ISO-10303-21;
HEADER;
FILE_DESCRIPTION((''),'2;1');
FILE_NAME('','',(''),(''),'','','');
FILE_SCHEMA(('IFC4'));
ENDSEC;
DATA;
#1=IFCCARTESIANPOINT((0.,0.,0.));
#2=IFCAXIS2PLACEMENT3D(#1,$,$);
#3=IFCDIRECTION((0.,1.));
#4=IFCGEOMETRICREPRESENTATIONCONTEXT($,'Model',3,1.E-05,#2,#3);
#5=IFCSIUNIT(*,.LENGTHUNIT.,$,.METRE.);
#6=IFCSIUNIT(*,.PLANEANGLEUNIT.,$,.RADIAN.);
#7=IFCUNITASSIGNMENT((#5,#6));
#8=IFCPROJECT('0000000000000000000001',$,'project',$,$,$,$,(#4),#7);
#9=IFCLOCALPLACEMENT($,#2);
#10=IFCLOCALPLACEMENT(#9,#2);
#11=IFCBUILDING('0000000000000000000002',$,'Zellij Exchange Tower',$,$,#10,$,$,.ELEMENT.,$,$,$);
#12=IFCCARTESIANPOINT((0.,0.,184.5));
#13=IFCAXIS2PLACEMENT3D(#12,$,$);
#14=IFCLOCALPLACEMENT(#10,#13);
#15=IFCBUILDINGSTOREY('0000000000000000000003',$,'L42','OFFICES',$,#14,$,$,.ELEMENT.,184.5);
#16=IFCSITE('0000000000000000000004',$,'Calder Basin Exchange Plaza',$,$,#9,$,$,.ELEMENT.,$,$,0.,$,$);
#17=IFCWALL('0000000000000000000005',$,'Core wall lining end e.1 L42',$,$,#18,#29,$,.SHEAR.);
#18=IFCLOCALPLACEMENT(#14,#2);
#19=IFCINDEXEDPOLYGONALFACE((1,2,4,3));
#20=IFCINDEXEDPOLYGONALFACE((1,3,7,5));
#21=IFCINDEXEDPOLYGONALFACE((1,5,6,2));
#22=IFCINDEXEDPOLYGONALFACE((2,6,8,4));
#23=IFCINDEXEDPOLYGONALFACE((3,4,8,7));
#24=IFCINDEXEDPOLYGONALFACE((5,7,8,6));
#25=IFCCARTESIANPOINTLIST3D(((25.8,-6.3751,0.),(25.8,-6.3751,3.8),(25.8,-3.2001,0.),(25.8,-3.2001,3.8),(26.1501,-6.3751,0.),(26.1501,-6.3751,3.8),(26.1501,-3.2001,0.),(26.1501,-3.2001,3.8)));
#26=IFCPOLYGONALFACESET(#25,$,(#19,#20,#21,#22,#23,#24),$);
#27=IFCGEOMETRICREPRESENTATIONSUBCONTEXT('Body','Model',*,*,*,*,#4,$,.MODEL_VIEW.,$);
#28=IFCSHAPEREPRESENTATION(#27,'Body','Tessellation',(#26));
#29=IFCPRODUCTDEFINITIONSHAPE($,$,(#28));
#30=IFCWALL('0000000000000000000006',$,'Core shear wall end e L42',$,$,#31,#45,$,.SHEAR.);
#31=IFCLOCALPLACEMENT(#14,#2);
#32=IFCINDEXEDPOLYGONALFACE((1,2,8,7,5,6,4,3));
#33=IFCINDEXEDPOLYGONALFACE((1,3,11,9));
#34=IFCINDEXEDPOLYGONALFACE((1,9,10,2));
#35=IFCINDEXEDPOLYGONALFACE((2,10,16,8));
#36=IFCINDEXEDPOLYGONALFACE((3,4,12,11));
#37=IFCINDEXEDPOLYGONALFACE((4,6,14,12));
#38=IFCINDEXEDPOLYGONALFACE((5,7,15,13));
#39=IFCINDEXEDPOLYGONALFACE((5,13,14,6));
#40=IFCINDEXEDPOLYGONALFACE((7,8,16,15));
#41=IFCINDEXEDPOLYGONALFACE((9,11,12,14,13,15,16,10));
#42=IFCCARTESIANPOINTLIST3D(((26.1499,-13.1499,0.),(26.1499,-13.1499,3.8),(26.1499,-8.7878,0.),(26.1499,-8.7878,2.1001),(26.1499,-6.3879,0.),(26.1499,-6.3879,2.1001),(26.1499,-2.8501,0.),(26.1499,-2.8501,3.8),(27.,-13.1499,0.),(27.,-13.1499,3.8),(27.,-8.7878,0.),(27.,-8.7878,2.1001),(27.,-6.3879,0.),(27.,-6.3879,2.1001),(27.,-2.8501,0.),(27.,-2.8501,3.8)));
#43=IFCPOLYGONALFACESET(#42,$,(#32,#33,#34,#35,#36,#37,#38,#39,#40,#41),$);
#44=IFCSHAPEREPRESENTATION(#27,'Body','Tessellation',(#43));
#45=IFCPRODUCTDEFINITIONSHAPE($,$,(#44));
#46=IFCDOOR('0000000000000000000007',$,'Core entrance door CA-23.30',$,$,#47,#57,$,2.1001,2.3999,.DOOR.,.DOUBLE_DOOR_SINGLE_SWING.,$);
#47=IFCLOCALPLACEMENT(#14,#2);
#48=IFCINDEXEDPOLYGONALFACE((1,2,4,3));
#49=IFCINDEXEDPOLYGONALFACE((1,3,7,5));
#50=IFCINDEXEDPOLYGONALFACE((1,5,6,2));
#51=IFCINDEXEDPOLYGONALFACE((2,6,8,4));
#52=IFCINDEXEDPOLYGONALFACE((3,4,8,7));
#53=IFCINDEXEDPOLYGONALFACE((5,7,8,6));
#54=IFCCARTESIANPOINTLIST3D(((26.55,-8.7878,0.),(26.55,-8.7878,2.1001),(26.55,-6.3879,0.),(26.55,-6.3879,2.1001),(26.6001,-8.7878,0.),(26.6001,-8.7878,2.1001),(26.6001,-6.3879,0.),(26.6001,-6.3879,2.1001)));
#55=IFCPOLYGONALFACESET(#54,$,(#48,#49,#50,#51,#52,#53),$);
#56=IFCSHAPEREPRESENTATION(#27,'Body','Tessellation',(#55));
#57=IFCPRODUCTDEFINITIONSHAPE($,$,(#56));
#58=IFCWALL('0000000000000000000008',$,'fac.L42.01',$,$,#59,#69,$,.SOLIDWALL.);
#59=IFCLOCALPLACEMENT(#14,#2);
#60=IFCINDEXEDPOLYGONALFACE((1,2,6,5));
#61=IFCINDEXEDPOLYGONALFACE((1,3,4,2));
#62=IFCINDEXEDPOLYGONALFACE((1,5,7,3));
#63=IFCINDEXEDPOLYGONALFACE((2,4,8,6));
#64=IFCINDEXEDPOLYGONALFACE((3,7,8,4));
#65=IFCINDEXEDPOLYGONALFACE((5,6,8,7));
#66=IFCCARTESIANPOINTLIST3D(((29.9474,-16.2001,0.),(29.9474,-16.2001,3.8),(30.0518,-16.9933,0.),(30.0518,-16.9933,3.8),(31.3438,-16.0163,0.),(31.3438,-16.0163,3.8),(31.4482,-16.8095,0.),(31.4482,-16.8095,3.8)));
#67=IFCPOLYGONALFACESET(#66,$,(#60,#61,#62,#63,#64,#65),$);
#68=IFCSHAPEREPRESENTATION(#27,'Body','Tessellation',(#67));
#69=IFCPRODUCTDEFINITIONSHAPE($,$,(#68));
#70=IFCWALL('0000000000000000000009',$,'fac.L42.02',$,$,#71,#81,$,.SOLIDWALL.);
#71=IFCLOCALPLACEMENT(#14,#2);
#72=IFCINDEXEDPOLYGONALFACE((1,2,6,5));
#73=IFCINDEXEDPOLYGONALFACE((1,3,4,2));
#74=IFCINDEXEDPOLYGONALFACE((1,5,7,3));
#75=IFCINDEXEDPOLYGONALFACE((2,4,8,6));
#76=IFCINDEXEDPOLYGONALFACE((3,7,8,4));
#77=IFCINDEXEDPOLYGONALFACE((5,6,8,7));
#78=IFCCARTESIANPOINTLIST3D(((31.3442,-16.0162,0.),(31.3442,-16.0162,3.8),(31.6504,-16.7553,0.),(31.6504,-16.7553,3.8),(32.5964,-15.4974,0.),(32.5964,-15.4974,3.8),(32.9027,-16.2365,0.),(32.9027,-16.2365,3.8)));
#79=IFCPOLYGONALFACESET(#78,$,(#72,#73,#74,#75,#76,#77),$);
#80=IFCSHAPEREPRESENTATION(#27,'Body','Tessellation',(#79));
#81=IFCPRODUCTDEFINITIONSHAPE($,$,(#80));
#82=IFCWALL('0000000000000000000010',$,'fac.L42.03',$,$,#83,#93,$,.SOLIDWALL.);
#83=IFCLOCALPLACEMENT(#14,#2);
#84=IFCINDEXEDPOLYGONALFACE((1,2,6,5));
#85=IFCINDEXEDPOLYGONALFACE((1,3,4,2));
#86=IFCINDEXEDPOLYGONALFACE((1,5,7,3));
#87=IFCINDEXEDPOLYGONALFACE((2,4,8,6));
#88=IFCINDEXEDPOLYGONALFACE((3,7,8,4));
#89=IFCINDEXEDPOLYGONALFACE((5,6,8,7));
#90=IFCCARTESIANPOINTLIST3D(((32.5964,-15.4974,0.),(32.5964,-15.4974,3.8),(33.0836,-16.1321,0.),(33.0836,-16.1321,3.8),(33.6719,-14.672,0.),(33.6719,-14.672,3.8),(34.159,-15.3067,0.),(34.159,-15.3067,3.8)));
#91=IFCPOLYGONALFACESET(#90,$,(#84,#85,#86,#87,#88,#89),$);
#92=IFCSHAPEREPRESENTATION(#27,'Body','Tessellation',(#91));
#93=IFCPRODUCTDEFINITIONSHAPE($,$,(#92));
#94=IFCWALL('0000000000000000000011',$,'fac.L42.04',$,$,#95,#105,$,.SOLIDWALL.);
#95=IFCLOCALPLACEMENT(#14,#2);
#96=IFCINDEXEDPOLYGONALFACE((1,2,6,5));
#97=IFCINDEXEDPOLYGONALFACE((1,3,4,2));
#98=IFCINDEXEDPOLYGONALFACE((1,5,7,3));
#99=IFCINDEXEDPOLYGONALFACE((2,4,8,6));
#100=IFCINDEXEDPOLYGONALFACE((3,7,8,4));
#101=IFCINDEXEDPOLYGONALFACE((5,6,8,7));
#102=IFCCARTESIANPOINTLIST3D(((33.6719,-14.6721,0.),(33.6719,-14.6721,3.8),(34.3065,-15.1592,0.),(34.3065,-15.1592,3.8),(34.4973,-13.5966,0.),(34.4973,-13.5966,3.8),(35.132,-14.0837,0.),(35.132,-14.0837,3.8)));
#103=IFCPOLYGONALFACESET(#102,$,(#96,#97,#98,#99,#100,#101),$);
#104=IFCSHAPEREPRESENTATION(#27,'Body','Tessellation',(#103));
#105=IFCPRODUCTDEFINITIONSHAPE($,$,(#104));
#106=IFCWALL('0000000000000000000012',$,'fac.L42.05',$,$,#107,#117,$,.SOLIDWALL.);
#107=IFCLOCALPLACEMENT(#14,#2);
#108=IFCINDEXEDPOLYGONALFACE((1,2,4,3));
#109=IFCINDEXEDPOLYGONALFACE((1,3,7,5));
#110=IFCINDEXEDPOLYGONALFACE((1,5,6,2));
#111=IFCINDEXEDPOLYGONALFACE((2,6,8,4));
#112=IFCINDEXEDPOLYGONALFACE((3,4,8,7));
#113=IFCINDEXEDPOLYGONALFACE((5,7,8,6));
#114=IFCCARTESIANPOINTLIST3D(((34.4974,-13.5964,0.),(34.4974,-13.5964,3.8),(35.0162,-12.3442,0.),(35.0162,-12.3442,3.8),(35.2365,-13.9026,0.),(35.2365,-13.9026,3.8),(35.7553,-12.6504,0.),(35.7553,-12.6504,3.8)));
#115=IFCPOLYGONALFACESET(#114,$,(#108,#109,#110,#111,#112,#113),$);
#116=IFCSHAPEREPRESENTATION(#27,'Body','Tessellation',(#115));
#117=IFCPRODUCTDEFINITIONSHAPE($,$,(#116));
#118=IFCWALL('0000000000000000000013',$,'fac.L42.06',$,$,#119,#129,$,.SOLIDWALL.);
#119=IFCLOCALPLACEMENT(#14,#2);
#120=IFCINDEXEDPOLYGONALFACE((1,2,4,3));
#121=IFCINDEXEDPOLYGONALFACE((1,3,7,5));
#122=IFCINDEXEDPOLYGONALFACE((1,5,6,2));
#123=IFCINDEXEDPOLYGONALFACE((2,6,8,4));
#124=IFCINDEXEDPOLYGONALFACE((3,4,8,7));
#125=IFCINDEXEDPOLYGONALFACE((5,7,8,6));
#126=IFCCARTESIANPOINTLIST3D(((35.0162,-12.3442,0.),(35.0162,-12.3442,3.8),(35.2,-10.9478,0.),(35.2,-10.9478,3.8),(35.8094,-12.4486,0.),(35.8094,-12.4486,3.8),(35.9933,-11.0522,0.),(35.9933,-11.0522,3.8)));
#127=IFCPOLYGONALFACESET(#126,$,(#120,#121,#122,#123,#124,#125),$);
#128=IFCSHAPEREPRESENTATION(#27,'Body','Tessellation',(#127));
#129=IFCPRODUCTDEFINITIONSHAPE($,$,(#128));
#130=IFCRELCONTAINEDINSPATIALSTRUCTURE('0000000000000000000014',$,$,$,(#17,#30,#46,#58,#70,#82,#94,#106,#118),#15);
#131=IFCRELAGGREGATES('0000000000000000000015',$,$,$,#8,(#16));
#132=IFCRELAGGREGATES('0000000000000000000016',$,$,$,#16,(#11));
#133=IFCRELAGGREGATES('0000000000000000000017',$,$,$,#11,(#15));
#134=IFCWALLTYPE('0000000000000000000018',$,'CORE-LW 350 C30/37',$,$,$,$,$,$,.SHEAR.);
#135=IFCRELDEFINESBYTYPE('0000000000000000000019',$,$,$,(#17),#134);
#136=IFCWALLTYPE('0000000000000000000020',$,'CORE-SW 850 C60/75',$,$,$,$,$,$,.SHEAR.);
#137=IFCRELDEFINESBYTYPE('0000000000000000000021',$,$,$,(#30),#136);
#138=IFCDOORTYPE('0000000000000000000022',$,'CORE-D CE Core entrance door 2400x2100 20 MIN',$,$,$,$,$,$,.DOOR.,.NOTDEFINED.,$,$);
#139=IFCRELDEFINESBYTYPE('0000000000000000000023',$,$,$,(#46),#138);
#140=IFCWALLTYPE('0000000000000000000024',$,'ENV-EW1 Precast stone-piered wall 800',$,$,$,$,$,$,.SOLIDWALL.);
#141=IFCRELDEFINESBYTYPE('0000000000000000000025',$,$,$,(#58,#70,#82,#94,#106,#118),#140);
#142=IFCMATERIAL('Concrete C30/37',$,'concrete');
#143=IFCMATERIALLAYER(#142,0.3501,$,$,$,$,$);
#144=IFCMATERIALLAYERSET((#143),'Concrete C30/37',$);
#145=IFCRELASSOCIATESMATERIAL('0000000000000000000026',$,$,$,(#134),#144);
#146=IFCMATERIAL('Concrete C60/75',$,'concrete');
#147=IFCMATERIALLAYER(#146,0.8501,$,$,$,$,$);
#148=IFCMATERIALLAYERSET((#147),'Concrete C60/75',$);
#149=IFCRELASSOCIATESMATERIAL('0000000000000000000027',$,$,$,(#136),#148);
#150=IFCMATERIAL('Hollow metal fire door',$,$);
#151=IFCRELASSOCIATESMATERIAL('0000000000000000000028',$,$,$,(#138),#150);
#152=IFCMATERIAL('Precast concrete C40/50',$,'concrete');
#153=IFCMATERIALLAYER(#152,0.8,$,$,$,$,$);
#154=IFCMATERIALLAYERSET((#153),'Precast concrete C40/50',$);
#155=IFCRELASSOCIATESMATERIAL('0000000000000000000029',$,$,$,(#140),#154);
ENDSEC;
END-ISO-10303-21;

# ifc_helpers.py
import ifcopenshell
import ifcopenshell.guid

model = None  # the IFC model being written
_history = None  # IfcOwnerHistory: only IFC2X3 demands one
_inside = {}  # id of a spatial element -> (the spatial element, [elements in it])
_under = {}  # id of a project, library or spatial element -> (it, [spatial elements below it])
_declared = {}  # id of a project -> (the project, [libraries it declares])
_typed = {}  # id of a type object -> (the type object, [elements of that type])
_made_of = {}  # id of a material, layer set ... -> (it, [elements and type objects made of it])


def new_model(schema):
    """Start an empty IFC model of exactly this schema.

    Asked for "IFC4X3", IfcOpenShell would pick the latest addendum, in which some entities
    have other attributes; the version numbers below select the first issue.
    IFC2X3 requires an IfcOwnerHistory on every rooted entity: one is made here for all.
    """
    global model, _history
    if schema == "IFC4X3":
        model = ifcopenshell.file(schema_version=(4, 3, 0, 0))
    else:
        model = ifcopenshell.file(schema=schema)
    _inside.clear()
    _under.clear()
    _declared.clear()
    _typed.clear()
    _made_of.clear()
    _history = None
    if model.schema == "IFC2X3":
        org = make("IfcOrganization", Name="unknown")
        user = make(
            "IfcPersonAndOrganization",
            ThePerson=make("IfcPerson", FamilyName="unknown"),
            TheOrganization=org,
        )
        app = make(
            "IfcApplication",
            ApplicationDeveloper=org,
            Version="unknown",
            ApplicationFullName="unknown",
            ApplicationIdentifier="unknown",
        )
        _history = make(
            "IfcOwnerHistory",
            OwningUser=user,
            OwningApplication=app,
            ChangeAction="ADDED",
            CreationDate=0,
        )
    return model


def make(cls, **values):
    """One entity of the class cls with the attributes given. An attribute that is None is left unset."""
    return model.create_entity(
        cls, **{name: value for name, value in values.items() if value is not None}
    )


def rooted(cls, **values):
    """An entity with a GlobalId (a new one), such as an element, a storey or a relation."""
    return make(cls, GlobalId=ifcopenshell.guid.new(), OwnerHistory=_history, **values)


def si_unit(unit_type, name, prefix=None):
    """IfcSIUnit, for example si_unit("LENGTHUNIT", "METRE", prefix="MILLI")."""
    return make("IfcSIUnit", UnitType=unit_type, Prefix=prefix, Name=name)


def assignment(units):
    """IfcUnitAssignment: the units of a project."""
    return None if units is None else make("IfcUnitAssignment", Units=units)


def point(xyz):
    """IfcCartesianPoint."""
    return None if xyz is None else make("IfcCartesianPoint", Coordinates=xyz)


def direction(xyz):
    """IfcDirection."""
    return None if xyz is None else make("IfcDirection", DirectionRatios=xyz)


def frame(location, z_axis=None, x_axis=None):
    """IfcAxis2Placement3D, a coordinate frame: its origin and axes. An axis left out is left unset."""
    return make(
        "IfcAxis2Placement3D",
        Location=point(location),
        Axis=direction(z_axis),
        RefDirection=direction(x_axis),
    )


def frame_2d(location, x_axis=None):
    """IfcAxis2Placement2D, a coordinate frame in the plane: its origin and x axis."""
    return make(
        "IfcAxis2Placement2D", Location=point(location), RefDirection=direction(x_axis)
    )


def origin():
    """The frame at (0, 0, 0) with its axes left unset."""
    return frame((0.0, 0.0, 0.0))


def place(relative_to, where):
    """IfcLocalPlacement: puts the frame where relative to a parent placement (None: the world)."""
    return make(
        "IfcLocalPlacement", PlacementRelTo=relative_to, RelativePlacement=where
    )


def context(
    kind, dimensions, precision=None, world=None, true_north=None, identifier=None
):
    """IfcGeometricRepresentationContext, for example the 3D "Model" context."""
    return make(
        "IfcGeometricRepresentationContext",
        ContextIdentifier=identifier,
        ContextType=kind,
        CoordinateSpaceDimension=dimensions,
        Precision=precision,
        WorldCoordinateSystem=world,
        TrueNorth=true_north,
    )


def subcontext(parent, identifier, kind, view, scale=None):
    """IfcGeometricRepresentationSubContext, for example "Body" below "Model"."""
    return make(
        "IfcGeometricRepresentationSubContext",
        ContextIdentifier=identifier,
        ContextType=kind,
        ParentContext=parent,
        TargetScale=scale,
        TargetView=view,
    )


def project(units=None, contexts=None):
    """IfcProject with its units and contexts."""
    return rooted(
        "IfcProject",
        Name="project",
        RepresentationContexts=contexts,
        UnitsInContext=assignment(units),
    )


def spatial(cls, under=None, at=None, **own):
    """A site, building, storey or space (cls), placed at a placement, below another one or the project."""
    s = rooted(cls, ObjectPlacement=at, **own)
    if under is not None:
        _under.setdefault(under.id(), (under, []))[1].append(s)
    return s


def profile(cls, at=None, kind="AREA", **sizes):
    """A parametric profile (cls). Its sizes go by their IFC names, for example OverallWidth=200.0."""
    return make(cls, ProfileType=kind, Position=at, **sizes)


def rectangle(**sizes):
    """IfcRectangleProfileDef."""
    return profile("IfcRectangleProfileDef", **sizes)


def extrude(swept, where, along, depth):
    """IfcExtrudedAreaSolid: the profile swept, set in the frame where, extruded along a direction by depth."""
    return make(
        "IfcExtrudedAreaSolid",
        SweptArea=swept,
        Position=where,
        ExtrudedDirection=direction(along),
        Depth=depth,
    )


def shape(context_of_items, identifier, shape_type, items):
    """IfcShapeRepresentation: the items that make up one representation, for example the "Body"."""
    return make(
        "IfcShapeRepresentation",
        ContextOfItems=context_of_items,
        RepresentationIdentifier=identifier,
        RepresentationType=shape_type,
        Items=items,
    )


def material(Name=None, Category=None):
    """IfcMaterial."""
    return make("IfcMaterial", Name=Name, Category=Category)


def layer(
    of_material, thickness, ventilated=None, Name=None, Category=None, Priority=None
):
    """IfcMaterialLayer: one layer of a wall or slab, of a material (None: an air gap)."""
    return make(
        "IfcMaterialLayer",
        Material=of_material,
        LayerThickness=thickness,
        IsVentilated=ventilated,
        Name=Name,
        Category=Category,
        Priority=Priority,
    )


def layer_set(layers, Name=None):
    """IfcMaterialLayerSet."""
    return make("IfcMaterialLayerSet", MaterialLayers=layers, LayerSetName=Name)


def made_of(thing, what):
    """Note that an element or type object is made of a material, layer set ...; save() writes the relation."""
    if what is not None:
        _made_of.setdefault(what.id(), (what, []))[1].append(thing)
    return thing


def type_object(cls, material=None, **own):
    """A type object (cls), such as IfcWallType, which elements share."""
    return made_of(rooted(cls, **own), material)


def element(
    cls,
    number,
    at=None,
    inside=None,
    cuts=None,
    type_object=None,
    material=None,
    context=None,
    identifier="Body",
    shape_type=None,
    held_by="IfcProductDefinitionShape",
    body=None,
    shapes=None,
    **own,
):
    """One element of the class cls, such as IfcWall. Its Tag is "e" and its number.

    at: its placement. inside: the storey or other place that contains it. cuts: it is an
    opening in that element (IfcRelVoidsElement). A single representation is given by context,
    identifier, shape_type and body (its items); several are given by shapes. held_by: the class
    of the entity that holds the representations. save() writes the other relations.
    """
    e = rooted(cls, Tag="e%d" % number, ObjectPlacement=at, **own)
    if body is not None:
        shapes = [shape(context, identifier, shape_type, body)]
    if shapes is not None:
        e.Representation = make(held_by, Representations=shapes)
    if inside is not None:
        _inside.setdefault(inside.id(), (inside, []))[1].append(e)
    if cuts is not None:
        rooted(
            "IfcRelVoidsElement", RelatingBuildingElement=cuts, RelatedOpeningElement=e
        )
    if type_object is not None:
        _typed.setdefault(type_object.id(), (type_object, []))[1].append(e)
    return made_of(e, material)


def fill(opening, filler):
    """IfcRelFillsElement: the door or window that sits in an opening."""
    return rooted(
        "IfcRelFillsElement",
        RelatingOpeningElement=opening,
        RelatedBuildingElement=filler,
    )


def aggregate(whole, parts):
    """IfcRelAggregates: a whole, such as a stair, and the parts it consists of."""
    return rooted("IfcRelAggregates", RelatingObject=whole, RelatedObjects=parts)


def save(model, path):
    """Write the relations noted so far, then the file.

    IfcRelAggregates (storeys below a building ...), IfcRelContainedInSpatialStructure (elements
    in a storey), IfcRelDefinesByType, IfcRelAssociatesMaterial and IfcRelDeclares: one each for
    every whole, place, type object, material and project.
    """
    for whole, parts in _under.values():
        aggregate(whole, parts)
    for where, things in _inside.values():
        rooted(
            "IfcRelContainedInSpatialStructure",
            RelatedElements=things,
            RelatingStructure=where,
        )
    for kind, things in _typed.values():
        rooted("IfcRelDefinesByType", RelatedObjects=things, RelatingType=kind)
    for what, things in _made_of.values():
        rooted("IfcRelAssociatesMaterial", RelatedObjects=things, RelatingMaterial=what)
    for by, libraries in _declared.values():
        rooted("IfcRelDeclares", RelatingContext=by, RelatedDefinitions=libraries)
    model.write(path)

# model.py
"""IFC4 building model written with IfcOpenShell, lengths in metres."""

from ifc_helpers import new_model, si_unit, direction, frame, frame_2d, origin, place, context, subcontext, project, spatial, rectangle, extrude, material, layer, layer_set, type_object, element, fill, save


model = new_model("IFC4")

# Units and contexts
model_context = context("Model", 3, precision=1e-05, world=origin(), true_north=direction((0.0, 1.0)))
body_context = subcontext(model_context, "Body", "Model", "MODEL_VIEW")
ifc_project = project(units=[si_unit("LENGTHUNIT", "METRE"), si_unit("PLANEANGLEUNIT", "RADIAN")], contexts=[model_context])

# Site, building, storey
site_placement = place(None, origin())
site = spatial("IfcSite", under=ifc_project, at=site_placement, Name="Calder Basin Exchange Plaza", CompositionType="ELEMENT", RefElevation=0.0)
building_placement = place(site_placement, origin())
building = spatial("IfcBuilding", under=site, at=building_placement, Name="Zellij Exchange Tower", CompositionType="ELEMENT")
storey_placement = place(building_placement, frame((0.0, 0.0, 184.5)))
storey = spatial("IfcBuildingStorey", under=building, at=storey_placement, Name="L42", Description="OFFICES", CompositionType="ELEMENT", Elevation=184.5)

# Shared definitions
ifc_material_1 = material(Name="Concrete C60/75", Category="concrete")

# Wall
ifc_material_2 = material(Name="Concrete C30/37", Category="concrete")
ifc_layer_1 = layer(ifc_material_2, 0.3501)
ifc_layer_set_1 = layer_set([ifc_layer_1], Name="Concrete C30/37")
wall_type_1 = type_object("IfcWallType", Name="CORE-LW 350 C30/37", PredefinedType="SHEAR", material=ifc_layer_set_1)
wall_1_placement = place(storey_placement, frame((25.9751, -6.375, 0.0), z_axis=(0.0, 0.0, 1.0), x_axis=(0.0, 1.0, 0.0)))
element("IfcWall", 1, at=wall_1_placement, inside=storey, type_object=wall_type_1, Name="Core wall lining end e.1 L42", PredefinedType="SHEAR", context=body_context, shape_type="SweptSolid", body=[
    extrude(rectangle(XDim=3.175, YDim=0.3501, at=frame_2d((1.5874, 0.0))), origin(), (0.0, 0.0, 1.0), 3.8),
])

# Wall, opening, door
ifc_layer_2 = layer(ifc_material_1, 0.8501)
ifc_layer_set_2 = layer_set([ifc_layer_2], Name="Concrete C60/75")
wall_type_2 = type_object("IfcWallType", Name="CORE-SW 850 C60/75", PredefinedType="SHEAR", material=ifc_layer_set_2)
wall_2_placement = place(storey_placement, frame((26.575, -13.1499, 0.0), z_axis=(0.0, 0.0, 1.0), x_axis=(0.0, 1.0, 0.0)))
wall_2 = element("IfcWall", 2, at=wall_2_placement, inside=storey, type_object=wall_type_2, Name="Core shear wall end e L42", PredefinedType="SHEAR", context=body_context, shape_type="SweptSolid", body=[
    extrude(rectangle(XDim=10.2998, YDim=0.8501, at=frame_2d((5.1499, 0.0))), origin(), (0.0, 0.0, 1.0), 3.8),
])
opening_1_placement = place(wall_2_placement, frame((4.3621, 0.0, 0.0)))
opening_1 = element("IfcOpeningElement", 3, at=opening_1_placement, cuts=wall_2, PredefinedType="OPENING", context=body_context, shape_type="SweptSolid", body=[
    extrude(rectangle(XDim=2.3999, YDim=2.1001, at=frame_2d((1.2, 1.05))), frame((0.0, 0.437, 0.0), z_axis=(0.0, -1.0, 0.0), x_axis=(1.0, 0.0, 0.0)), (0.0, 0.0, 1.0), 0.874),
])
ifc_material_3 = material(Name="Hollow metal fire door")
door_type_1 = type_object("IfcDoorType", Name="CORE-D CE Core entrance door 2400x2100 20 MIN", OperationType="NOTDEFINED", PredefinedType="DOOR", material=ifc_material_3)
door_1_placement = place(opening_1_placement, origin())
door_1 = element("IfcDoor", 4, at=door_1_placement, inside=storey, type_object=door_type_1, Name="Core entrance door CA-23.30", OperationType="DOUBLE_DOOR_SINGLE_SWING", OverallHeight=2.1001, OverallWidth=2.3999, PredefinedType="DOOR", context=body_context, shape_type="SweptSolid", body=[
    extrude(rectangle(XDim=2.3999, YDim=2.1001, at=frame_2d((1.2, 1.05))), frame((0.0, 0.0249, 0.0), z_axis=(0.0, -1.0, 0.0), x_axis=(1.0, 0.0, 0.0)), (0.0, 0.0, 1.0), 0.05),
])
fill(opening_1, door_1)

# Walls
ifc_material_4 = material(Name="Precast concrete C40/50", Category="concrete")
ifc_layer_3 = layer(ifc_material_4, 0.8)
ifc_layer_set_3 = layer_set([ifc_layer_3], Name="Precast concrete C40/50")
wall_type_3 = type_object("IfcWallType", Name="ENV-EW1 Precast stone-piered wall 800", PredefinedType="SOLIDWALL", material=ifc_layer_set_3)
wall_3_placement = place(storey_placement, frame((29.9998, -16.5967, 0.0), z_axis=(0.0, 0.0, 1.0), x_axis=(0.991446, 0.130517, 0.0)))
element("IfcWall", 5, at=wall_3_placement, inside=storey, type_object=wall_type_3, Name="fac.L42.01", PredefinedType="SOLIDWALL", context=body_context, shape_type="SweptSolid", body=[
    extrude(rectangle(XDim=1.4084, YDim=0.8, at=frame_2d((0.7041, 0.0))), origin(), (0.0, 0.0, 1.0), 3.8),
])
wall_4_placement = place(storey_placement, frame((31.4973, -16.3857, 0.0), z_axis=(0.0, 0.0, 1.0), x_axis=(0.923848, 0.38276, 0.0)))
element("IfcWall", 6, at=wall_4_placement, inside=storey, type_object=wall_type_3, Name="fac.L42.02", PredefinedType="SOLIDWALL", context=body_context, shape_type="SweptSolid", body=[
    extrude(rectangle(XDim=1.3555, YDim=0.8, at=frame_2d((0.6777, 0.0))), origin(), (0.0, 0.0, 1.0), 3.8),
])
for number, where, z_axis, x_axis, name in (
    (7, (32.8401, -15.8147, 0.0), (0.0, 0.0, 1.0), (0.793273, 0.608866, 0.0), "fac.L42.03"),
    (8, (33.9893, -14.9155, 0.0), (0.0, 0.0, 1.0), (0.608866, 0.793273, 0.0), "fac.L42.04"),
):
    element("IfcWall", number, at=place(storey_placement, frame(where, z_axis=z_axis, x_axis=x_axis)), inside=storey, type_object=wall_type_3, Name=name, PredefinedType="SOLIDWALL", context=body_context, shape_type="SweptSolid", body=[
        extrude(rectangle(XDim=1.3557, YDim=0.8, at=frame_2d((0.6777, 0.0))), origin(), (0.0, 0.0, 1.0), 3.8),
    ])
wall_5_placement = place(storey_placement, frame((34.8669, -13.7495, 0.0), z_axis=(0.0, 0.0, 1.0), x_axis=(0.38276, 0.923848, 0.0)))
element("IfcWall", 9, at=wall_5_placement, inside=storey, type_object=wall_type_3, Name="fac.L42.05", PredefinedType="SOLIDWALL", context=body_context, shape_type="SweptSolid", body=[
    extrude(rectangle(XDim=1.3555, YDim=0.8, at=frame_2d((0.6777, 0.0))), origin(), (0.0, 0.0, 1.0), 3.8),
])
wall_6_placement = place(storey_placement, frame((35.4128, -12.3962, 0.0), z_axis=(0.0, 0.0, 1.0), x_axis=(0.130517, 0.991446, 0.0)))
element("IfcWall", 10, at=wall_6_placement, inside=storey, type_object=wall_type_3, Name="fac.L42.06", PredefinedType="SOLIDWALL", context=body_context, shape_type="SweptSolid", body=[
    extrude(rectangle(XDim=1.4084, YDim=0.8, at=frame_2d((0.7041, 0.0))), origin(), (0.0, 0.0, 1.0), 3.8),
])

save(model, "model.ifc")
